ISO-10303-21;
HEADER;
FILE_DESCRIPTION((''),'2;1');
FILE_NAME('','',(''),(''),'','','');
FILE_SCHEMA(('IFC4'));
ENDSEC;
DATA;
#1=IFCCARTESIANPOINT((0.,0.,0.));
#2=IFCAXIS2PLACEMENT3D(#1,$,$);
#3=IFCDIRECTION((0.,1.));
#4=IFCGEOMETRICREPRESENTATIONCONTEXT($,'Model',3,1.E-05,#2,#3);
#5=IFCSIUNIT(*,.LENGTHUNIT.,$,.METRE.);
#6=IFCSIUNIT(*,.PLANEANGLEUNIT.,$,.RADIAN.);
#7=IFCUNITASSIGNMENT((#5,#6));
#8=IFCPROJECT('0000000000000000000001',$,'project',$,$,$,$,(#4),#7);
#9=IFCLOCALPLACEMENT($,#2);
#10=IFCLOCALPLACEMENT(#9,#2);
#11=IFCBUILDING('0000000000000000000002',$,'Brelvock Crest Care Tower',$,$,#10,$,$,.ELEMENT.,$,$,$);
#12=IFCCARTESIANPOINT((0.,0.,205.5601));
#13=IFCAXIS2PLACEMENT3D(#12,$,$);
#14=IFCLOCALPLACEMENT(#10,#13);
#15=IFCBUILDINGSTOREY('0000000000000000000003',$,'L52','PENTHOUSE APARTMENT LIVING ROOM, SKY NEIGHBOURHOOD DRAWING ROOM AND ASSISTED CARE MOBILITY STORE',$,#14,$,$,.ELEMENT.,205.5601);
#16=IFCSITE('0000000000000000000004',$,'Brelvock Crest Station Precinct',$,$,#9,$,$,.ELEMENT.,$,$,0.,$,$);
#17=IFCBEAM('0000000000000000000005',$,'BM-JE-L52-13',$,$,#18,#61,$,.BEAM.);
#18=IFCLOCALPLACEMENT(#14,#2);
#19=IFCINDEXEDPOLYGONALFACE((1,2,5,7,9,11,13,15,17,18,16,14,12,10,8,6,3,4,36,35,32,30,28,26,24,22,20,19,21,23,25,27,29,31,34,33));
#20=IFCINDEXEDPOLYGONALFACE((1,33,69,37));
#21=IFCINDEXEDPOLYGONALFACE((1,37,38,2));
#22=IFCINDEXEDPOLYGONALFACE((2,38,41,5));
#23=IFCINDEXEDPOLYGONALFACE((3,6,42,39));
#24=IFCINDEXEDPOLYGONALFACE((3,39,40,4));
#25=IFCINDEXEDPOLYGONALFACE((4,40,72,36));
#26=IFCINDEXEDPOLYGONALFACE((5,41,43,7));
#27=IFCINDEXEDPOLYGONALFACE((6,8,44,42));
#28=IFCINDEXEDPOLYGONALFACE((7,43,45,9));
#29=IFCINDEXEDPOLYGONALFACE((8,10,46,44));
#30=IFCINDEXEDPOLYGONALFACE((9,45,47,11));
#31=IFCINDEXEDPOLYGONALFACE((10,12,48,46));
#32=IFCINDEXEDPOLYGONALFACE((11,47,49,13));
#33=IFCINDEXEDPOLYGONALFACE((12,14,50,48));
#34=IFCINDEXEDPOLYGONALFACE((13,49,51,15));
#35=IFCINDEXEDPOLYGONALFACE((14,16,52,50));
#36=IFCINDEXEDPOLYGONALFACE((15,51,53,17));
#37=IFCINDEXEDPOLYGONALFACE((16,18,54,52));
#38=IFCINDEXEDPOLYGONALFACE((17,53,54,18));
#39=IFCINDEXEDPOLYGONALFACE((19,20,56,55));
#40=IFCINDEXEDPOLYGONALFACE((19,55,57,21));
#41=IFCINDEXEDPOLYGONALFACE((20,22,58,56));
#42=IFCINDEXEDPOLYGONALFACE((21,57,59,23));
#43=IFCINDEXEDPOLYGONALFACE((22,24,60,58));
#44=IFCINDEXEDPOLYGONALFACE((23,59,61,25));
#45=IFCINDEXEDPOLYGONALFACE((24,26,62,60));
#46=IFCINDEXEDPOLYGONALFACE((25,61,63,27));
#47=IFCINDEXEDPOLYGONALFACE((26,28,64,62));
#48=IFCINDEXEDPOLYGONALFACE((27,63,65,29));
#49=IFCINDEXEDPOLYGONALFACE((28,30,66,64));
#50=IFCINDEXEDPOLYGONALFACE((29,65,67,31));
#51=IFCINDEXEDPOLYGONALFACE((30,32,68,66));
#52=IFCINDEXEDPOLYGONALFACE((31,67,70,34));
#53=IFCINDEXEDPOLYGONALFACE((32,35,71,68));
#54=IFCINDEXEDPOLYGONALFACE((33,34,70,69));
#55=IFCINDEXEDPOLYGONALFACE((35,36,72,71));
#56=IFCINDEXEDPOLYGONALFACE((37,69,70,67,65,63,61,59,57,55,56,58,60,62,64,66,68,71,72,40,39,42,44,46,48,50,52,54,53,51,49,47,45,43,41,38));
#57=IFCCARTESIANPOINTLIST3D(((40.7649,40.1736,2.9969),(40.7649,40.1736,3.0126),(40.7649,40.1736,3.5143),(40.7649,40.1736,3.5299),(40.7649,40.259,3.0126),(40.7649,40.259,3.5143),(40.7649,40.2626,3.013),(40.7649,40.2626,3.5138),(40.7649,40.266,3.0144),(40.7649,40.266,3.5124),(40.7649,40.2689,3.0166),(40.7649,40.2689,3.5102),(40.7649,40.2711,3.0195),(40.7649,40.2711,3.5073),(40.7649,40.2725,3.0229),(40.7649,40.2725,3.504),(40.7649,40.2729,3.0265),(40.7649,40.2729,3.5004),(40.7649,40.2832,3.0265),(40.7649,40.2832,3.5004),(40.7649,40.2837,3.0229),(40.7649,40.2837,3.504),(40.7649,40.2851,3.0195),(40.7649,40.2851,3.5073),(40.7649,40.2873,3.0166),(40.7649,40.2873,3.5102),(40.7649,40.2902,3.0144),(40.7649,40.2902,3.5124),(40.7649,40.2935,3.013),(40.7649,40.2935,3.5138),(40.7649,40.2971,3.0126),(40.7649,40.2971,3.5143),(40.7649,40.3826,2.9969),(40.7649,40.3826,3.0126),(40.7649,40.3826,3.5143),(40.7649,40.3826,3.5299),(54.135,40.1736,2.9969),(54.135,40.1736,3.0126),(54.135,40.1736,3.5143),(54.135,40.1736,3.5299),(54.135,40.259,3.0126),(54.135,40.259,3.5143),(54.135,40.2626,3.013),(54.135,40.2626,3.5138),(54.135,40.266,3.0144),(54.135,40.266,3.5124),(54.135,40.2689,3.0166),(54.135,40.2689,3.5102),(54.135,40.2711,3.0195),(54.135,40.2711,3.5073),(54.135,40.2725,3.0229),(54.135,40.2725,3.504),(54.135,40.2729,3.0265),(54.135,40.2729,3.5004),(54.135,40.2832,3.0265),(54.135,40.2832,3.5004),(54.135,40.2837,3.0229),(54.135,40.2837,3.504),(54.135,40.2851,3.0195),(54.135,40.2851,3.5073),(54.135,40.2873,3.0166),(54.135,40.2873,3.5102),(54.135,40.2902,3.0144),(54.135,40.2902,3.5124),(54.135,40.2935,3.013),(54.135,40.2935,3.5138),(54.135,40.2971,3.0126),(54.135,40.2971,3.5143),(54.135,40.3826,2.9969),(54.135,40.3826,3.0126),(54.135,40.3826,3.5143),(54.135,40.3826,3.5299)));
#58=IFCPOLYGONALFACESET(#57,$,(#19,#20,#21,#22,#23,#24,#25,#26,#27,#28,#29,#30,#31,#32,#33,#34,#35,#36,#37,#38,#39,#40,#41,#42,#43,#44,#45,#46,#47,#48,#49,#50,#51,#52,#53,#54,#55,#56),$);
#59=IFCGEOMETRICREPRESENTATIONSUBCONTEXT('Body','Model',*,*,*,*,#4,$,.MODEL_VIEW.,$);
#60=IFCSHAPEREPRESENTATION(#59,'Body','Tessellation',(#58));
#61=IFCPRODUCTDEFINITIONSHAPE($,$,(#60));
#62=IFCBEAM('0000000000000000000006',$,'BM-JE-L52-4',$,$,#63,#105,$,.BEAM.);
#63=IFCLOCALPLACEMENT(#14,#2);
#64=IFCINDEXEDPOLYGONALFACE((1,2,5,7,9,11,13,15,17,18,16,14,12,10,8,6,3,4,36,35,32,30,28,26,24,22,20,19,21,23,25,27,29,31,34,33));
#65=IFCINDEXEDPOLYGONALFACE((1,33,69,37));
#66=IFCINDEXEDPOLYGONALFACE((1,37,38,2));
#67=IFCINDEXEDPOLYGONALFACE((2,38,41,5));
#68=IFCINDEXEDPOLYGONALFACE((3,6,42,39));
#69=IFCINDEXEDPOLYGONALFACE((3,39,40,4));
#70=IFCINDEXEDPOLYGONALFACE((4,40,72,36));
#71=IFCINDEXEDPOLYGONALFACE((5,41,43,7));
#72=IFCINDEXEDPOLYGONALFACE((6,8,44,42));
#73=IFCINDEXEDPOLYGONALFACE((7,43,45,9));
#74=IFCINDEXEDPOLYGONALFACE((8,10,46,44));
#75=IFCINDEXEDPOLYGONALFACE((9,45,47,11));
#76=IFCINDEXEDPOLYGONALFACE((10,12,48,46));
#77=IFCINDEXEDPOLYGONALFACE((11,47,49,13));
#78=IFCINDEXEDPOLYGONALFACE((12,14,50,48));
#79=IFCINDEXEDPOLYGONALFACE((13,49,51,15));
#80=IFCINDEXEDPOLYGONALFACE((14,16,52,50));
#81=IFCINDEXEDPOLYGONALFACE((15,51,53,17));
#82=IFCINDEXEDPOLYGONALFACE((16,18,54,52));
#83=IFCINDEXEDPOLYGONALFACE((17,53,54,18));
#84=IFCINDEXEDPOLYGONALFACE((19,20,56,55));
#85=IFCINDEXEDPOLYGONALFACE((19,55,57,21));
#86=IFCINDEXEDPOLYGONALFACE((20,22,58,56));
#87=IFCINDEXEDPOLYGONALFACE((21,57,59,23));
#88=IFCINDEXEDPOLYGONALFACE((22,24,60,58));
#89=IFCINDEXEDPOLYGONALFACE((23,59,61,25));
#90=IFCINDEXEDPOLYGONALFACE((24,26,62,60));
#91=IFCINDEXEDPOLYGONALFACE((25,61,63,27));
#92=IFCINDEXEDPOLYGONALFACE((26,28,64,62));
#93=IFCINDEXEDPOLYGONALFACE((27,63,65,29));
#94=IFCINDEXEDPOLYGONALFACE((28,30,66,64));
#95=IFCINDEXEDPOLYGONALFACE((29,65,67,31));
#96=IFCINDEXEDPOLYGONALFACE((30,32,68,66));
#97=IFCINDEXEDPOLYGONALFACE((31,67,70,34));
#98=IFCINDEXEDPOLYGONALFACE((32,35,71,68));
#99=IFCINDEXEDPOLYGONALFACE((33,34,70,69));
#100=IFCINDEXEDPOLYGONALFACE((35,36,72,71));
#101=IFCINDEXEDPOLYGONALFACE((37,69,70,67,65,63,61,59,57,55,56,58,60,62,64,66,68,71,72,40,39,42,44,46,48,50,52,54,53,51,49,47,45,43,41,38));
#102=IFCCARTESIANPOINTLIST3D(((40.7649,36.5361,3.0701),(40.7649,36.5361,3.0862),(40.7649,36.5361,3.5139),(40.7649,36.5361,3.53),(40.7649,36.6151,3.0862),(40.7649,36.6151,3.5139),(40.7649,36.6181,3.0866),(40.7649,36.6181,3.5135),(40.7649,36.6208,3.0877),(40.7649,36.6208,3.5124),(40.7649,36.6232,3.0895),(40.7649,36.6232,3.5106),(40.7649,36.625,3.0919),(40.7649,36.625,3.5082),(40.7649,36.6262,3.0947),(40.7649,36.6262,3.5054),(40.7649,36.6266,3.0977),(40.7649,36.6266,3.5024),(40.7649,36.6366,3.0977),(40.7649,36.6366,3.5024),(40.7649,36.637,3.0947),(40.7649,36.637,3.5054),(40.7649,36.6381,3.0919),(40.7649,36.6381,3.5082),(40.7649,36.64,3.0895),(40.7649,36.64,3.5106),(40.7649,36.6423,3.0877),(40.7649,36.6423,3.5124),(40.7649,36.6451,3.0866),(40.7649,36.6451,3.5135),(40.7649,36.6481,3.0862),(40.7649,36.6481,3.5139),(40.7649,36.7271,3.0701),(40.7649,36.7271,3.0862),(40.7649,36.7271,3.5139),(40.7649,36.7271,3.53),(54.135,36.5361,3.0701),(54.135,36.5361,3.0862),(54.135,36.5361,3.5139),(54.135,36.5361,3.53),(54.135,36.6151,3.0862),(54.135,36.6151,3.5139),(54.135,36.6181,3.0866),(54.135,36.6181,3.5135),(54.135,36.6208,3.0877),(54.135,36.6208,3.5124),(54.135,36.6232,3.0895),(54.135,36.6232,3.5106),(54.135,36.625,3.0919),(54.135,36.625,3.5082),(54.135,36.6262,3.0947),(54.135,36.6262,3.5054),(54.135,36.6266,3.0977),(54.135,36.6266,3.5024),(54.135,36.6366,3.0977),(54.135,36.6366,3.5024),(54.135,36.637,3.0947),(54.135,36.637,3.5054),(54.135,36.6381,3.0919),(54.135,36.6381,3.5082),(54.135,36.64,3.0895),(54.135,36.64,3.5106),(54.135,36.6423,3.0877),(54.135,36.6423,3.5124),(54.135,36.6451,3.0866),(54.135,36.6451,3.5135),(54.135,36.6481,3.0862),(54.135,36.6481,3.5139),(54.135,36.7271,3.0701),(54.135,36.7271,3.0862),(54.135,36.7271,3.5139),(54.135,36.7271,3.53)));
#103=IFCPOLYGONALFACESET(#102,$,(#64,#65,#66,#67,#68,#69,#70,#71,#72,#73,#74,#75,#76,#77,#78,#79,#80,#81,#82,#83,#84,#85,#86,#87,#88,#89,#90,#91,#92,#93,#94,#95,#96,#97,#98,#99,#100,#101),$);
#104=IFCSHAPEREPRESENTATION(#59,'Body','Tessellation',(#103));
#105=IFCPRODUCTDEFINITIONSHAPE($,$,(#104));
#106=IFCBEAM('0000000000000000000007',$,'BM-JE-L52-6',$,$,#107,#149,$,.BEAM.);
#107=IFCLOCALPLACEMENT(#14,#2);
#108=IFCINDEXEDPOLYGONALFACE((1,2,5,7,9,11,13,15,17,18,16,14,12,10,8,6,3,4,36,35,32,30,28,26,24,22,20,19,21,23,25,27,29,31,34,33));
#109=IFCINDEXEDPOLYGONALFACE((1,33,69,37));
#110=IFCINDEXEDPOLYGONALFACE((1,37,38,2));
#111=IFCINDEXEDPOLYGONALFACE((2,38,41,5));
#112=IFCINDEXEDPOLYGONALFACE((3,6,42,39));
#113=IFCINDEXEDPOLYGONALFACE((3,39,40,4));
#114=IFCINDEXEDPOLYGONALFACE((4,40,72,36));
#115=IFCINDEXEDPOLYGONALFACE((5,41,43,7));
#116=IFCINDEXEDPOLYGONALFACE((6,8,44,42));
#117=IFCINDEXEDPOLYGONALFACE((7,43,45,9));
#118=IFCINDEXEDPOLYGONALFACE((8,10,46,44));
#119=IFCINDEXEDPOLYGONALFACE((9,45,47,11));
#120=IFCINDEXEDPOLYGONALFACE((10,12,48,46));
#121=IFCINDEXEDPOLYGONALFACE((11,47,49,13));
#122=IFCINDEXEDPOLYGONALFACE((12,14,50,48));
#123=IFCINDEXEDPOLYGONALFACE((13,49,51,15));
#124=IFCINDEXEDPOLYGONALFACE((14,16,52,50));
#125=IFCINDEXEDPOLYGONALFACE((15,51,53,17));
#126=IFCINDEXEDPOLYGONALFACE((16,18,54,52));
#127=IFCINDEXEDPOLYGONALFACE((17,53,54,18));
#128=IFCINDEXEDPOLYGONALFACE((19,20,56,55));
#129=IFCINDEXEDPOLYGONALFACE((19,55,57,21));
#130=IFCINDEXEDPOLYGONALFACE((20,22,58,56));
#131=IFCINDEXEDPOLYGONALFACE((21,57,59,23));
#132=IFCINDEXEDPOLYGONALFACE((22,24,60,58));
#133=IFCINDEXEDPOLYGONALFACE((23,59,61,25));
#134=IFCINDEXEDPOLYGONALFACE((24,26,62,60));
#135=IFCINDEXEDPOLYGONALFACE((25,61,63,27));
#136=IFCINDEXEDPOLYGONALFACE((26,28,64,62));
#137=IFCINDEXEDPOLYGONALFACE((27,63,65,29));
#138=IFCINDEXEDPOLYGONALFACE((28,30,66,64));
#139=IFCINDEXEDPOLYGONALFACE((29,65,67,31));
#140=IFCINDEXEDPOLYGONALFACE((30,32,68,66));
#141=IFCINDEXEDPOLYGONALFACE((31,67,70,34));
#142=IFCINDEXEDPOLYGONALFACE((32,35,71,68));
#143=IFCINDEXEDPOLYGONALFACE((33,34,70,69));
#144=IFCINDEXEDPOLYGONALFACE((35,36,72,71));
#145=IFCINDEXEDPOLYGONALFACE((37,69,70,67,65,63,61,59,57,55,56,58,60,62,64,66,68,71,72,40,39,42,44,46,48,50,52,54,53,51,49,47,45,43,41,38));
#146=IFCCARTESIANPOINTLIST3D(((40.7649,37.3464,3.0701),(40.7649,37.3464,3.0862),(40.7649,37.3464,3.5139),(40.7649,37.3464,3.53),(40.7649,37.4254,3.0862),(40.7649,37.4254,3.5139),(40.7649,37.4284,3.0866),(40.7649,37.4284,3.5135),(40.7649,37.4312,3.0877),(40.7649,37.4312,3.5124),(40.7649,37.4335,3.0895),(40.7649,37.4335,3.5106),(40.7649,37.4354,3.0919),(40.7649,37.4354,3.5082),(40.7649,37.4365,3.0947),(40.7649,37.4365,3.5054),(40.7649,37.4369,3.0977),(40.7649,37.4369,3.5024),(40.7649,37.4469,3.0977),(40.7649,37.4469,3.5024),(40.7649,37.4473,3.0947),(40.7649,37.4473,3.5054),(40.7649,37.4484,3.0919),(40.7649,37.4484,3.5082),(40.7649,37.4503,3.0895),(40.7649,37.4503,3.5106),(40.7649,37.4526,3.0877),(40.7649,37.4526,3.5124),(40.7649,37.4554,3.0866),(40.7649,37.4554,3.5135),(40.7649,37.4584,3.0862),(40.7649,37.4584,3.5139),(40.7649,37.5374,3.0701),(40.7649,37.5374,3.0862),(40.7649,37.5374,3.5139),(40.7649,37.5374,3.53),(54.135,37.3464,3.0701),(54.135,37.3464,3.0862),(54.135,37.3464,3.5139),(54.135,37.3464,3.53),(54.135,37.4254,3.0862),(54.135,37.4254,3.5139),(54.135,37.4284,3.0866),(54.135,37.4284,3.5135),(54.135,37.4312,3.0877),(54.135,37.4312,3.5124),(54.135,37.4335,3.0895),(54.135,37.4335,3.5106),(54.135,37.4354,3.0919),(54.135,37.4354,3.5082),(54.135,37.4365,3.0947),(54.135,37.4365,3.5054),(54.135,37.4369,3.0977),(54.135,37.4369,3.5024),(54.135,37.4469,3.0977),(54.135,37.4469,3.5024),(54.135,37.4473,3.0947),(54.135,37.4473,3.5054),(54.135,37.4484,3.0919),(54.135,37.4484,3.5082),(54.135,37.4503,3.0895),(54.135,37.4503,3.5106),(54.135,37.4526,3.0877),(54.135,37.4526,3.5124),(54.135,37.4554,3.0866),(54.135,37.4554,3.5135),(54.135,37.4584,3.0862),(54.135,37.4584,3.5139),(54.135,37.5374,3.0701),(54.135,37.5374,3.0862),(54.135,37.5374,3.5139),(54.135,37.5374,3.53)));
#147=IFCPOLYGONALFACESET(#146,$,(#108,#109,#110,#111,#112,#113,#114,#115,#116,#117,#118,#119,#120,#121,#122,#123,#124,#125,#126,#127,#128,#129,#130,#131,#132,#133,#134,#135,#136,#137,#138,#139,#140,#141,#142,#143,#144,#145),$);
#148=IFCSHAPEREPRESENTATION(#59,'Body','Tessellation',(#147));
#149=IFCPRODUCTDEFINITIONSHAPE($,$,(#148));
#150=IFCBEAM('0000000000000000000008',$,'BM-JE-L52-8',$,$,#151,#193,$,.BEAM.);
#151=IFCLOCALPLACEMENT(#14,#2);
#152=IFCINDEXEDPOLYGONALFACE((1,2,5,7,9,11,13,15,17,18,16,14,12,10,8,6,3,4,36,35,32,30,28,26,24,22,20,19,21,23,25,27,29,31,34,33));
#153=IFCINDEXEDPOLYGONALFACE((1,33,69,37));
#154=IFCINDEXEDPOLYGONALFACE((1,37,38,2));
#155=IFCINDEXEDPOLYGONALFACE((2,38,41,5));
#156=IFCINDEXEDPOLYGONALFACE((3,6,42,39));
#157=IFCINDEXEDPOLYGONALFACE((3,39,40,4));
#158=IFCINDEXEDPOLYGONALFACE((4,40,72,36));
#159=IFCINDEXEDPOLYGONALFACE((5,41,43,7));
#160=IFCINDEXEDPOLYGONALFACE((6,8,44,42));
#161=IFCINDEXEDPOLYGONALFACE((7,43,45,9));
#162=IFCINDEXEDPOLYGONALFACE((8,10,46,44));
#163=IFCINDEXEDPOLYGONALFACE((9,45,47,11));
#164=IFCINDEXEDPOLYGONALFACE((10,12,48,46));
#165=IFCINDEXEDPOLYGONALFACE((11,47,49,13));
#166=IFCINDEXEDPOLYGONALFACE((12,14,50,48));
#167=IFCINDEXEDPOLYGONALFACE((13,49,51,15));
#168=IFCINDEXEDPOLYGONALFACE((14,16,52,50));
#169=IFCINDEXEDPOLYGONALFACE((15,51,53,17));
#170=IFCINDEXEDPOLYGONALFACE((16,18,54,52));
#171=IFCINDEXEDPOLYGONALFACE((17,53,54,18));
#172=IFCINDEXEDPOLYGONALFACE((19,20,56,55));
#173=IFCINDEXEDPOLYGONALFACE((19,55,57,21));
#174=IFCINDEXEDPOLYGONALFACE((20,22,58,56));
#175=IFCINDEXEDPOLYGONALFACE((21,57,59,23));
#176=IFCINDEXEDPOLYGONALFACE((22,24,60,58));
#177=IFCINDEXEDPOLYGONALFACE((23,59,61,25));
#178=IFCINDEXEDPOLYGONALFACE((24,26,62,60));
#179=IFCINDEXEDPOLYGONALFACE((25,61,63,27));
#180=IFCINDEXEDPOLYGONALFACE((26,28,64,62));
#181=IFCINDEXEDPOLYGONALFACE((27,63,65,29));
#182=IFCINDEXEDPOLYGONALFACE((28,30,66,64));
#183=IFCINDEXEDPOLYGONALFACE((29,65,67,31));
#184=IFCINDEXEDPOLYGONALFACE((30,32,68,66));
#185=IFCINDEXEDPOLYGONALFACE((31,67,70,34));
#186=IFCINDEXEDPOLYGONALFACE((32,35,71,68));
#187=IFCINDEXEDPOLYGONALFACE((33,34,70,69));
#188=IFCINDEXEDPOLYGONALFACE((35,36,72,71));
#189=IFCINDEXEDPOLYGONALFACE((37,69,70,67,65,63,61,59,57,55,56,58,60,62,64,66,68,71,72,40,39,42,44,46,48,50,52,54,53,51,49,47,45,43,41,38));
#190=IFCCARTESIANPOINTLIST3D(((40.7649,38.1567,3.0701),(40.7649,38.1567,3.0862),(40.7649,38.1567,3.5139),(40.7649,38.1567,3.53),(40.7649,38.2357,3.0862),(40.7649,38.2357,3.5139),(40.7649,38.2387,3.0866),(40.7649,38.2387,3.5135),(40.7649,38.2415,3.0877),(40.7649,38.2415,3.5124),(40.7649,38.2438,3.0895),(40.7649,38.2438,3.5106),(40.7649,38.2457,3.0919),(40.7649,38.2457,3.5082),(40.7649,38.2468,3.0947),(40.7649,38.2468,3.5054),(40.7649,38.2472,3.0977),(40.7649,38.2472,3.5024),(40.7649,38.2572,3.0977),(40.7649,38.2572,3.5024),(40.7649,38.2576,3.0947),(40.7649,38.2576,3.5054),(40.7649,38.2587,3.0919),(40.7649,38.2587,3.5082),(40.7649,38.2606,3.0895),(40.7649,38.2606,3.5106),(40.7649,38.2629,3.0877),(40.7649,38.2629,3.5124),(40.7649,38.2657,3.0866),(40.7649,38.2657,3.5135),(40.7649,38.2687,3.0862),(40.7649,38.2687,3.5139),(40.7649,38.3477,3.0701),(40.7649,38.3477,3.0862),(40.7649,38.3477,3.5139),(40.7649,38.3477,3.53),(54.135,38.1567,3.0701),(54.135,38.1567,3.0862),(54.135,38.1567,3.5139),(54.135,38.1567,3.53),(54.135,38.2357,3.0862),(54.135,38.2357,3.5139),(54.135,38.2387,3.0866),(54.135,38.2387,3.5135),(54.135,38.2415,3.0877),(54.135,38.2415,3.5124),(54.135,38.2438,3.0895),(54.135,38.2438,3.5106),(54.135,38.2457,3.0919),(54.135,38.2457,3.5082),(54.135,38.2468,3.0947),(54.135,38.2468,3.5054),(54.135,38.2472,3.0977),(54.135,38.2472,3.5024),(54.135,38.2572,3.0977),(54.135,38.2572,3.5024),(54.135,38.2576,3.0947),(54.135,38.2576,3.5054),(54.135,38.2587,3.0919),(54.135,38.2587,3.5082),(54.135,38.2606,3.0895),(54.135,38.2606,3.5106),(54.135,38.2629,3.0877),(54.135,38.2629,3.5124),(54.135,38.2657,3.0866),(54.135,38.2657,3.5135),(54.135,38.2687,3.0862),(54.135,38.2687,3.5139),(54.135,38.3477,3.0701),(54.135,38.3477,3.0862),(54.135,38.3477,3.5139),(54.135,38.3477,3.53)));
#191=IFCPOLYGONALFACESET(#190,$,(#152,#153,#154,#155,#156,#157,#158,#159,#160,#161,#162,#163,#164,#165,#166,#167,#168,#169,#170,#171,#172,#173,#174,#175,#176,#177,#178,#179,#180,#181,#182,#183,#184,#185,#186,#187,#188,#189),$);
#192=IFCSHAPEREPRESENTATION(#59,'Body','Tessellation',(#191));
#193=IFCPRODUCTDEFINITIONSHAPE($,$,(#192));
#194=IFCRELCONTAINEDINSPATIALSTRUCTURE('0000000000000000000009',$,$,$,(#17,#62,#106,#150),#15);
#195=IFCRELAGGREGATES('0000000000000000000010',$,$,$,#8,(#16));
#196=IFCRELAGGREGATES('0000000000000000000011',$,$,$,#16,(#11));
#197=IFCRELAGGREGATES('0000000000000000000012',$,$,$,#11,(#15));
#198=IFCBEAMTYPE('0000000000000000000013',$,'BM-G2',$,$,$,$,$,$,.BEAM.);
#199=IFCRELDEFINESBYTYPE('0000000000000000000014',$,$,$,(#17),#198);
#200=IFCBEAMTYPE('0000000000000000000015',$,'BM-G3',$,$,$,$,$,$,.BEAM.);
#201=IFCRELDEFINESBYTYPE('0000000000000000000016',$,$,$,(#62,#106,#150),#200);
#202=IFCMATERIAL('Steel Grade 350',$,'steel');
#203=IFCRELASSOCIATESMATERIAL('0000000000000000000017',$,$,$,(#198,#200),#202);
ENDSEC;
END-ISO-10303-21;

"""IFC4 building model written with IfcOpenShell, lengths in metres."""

from ifc_helpers import new_model, si_unit, direction, frame, origin, origin_2d, place, context, subcontext, project, spatial, i_section, extrude, source, transform, mapped, material, material_profile, profile_set, type_object, element, save


model = new_model("IFC4")

# Units and contexts
model_context = context("Model", 3, precision=1e-05, world=origin(), true_north=direction((0.0, 1.0)))
body_context = subcontext(model_context, "Body", "Model", "MODEL_VIEW")
ifc_project = project(units=[si_unit("LENGTHUNIT", "METRE"), si_unit("PLANEANGLEUNIT", "RADIAN")], contexts=[model_context])

# Site, building, storey
site_placement = place(None, origin())
site = spatial("IfcSite", under=ifc_project, at=site_placement, Name="Brelvock Crest Station Precinct", CompositionType="ELEMENT", RefElevation=0.0)
building_placement = place(site_placement, origin())
building = spatial("IfcBuilding", under=site, at=building_placement, Name="Brelvock Crest Care Tower", CompositionType="ELEMENT")
storey_placement = place(building_placement, frame((0.0, 0.0, 205.5601)))
storey = spatial("IfcBuildingStorey", under=building, at=storey_placement, Name="L52", Description="PENTHOUSE APARTMENT LIVING ROOM, SKY NEIGHBOURHOOD DRAWING ROOM AND ASSISTED CARE MOBILITY STORE", CompositionType="ELEMENT", Elevation=205.5601)

# Beams
ifc_material_1 = material(Name="Steel Grade 350", Category="steel")
ifc_material_profile_1 = material_profile(ifc_material_1, i_section(OverallWidth=0.209, OverallDepth=0.533, WebThickness=0.0103, FlangeThickness=0.0156, FilletRadius=0.0139, at=origin_2d()), Name="530UB92.4")
ifc_profile_set_1 = profile_set([ifc_material_profile_1], Name="Steel Grade 350")
beam_type_1 = type_object("IfcBeamType", Name="BM-G2", PredefinedType="BEAM", material=ifc_profile_set_1)
shared_shape_1 = source(origin(), body_context, "Body", "SweptSolid", [
    extrude(i_section(OverallWidth=0.209, OverallDepth=0.533, WebThickness=0.0103, FlangeThickness=0.0156, FilletRadius=0.0139, at=origin_2d()), origin(), (0.0, 0.0, 1.0), 13.3701),
])
for number, where, z_axis, x_axis, name in (
    (1, (40.7649, 40.2781, 3.2634), (1.0, 0.0, 0.0), (0.0, 1.0, 0.0), "BM-JE-L52-13"),
):
    element("IfcBeam", number, at=place(storey_placement, frame(where, z_axis=z_axis, x_axis=x_axis)), inside=storey, type_object=beam_type_1, Name=name, PredefinedType="BEAM", context=body_context, shape_type="MappedRepresentation", body=[
        mapped(shared_shape_1, transform((0.0, 0.0, 0.0), x_axis=(1.0, 0.0, 0.0), y_axis=(0.0, 1.0, 0.0), z_axis=(0.0, 0.0, 1.0), scale=1.0)),
    ])
ifc_material_profile_2 = material_profile(ifc_material_1, i_section(OverallWidth=0.1909, OverallDepth=0.46, WebThickness=0.01, FlangeThickness=0.0161, FilletRadius=0.0115, at=origin_2d()), Name="460UB82.1")
ifc_profile_set_2 = profile_set([ifc_material_profile_2], Name="Steel Grade 350")
beam_type_2 = type_object("IfcBeamType", Name="BM-G3", PredefinedType="BEAM", material=ifc_profile_set_2)
shared_shape_2 = source(origin(), body_context, "Body", "SweptSolid", [
    extrude(i_section(OverallWidth=0.1909, OverallDepth=0.46, WebThickness=0.01, FlangeThickness=0.0161, FilletRadius=0.0115, at=origin_2d()), origin(), (0.0, 0.0, 1.0), 13.3701),
])
for number, where, z_axis, x_axis, name in (
    (2, (40.7649, 36.6316, 3.3), (1.0, 0.0, 0.0), (0.0, 1.0, 0.0), "BM-JE-L52-4"),
    (3, (40.7649, 37.4419, 3.3), (1.0, 0.0, 0.0), (0.0, 1.0, 0.0), "BM-JE-L52-6"),
    (4, (40.7649, 38.2522, 3.3), (1.0, 0.0, 0.0), (0.0, 1.0, 0.0), "BM-JE-L52-8"),
):
    element("IfcBeam", number, at=place(storey_placement, frame(where, z_axis=z_axis, x_axis=x_axis)), inside=storey, type_object=beam_type_2, Name=name, PredefinedType="BEAM", context=body_context, shape_type="MappedRepresentation", body=[
        mapped(shared_shape_2, transform((0.0, 0.0, 0.0), x_axis=(1.0, 0.0, 0.0), y_axis=(0.0, 1.0, 0.0), z_axis=(0.0, 0.0, 1.0), scale=1.0)),
    ])

save(model, "model.ifc")
